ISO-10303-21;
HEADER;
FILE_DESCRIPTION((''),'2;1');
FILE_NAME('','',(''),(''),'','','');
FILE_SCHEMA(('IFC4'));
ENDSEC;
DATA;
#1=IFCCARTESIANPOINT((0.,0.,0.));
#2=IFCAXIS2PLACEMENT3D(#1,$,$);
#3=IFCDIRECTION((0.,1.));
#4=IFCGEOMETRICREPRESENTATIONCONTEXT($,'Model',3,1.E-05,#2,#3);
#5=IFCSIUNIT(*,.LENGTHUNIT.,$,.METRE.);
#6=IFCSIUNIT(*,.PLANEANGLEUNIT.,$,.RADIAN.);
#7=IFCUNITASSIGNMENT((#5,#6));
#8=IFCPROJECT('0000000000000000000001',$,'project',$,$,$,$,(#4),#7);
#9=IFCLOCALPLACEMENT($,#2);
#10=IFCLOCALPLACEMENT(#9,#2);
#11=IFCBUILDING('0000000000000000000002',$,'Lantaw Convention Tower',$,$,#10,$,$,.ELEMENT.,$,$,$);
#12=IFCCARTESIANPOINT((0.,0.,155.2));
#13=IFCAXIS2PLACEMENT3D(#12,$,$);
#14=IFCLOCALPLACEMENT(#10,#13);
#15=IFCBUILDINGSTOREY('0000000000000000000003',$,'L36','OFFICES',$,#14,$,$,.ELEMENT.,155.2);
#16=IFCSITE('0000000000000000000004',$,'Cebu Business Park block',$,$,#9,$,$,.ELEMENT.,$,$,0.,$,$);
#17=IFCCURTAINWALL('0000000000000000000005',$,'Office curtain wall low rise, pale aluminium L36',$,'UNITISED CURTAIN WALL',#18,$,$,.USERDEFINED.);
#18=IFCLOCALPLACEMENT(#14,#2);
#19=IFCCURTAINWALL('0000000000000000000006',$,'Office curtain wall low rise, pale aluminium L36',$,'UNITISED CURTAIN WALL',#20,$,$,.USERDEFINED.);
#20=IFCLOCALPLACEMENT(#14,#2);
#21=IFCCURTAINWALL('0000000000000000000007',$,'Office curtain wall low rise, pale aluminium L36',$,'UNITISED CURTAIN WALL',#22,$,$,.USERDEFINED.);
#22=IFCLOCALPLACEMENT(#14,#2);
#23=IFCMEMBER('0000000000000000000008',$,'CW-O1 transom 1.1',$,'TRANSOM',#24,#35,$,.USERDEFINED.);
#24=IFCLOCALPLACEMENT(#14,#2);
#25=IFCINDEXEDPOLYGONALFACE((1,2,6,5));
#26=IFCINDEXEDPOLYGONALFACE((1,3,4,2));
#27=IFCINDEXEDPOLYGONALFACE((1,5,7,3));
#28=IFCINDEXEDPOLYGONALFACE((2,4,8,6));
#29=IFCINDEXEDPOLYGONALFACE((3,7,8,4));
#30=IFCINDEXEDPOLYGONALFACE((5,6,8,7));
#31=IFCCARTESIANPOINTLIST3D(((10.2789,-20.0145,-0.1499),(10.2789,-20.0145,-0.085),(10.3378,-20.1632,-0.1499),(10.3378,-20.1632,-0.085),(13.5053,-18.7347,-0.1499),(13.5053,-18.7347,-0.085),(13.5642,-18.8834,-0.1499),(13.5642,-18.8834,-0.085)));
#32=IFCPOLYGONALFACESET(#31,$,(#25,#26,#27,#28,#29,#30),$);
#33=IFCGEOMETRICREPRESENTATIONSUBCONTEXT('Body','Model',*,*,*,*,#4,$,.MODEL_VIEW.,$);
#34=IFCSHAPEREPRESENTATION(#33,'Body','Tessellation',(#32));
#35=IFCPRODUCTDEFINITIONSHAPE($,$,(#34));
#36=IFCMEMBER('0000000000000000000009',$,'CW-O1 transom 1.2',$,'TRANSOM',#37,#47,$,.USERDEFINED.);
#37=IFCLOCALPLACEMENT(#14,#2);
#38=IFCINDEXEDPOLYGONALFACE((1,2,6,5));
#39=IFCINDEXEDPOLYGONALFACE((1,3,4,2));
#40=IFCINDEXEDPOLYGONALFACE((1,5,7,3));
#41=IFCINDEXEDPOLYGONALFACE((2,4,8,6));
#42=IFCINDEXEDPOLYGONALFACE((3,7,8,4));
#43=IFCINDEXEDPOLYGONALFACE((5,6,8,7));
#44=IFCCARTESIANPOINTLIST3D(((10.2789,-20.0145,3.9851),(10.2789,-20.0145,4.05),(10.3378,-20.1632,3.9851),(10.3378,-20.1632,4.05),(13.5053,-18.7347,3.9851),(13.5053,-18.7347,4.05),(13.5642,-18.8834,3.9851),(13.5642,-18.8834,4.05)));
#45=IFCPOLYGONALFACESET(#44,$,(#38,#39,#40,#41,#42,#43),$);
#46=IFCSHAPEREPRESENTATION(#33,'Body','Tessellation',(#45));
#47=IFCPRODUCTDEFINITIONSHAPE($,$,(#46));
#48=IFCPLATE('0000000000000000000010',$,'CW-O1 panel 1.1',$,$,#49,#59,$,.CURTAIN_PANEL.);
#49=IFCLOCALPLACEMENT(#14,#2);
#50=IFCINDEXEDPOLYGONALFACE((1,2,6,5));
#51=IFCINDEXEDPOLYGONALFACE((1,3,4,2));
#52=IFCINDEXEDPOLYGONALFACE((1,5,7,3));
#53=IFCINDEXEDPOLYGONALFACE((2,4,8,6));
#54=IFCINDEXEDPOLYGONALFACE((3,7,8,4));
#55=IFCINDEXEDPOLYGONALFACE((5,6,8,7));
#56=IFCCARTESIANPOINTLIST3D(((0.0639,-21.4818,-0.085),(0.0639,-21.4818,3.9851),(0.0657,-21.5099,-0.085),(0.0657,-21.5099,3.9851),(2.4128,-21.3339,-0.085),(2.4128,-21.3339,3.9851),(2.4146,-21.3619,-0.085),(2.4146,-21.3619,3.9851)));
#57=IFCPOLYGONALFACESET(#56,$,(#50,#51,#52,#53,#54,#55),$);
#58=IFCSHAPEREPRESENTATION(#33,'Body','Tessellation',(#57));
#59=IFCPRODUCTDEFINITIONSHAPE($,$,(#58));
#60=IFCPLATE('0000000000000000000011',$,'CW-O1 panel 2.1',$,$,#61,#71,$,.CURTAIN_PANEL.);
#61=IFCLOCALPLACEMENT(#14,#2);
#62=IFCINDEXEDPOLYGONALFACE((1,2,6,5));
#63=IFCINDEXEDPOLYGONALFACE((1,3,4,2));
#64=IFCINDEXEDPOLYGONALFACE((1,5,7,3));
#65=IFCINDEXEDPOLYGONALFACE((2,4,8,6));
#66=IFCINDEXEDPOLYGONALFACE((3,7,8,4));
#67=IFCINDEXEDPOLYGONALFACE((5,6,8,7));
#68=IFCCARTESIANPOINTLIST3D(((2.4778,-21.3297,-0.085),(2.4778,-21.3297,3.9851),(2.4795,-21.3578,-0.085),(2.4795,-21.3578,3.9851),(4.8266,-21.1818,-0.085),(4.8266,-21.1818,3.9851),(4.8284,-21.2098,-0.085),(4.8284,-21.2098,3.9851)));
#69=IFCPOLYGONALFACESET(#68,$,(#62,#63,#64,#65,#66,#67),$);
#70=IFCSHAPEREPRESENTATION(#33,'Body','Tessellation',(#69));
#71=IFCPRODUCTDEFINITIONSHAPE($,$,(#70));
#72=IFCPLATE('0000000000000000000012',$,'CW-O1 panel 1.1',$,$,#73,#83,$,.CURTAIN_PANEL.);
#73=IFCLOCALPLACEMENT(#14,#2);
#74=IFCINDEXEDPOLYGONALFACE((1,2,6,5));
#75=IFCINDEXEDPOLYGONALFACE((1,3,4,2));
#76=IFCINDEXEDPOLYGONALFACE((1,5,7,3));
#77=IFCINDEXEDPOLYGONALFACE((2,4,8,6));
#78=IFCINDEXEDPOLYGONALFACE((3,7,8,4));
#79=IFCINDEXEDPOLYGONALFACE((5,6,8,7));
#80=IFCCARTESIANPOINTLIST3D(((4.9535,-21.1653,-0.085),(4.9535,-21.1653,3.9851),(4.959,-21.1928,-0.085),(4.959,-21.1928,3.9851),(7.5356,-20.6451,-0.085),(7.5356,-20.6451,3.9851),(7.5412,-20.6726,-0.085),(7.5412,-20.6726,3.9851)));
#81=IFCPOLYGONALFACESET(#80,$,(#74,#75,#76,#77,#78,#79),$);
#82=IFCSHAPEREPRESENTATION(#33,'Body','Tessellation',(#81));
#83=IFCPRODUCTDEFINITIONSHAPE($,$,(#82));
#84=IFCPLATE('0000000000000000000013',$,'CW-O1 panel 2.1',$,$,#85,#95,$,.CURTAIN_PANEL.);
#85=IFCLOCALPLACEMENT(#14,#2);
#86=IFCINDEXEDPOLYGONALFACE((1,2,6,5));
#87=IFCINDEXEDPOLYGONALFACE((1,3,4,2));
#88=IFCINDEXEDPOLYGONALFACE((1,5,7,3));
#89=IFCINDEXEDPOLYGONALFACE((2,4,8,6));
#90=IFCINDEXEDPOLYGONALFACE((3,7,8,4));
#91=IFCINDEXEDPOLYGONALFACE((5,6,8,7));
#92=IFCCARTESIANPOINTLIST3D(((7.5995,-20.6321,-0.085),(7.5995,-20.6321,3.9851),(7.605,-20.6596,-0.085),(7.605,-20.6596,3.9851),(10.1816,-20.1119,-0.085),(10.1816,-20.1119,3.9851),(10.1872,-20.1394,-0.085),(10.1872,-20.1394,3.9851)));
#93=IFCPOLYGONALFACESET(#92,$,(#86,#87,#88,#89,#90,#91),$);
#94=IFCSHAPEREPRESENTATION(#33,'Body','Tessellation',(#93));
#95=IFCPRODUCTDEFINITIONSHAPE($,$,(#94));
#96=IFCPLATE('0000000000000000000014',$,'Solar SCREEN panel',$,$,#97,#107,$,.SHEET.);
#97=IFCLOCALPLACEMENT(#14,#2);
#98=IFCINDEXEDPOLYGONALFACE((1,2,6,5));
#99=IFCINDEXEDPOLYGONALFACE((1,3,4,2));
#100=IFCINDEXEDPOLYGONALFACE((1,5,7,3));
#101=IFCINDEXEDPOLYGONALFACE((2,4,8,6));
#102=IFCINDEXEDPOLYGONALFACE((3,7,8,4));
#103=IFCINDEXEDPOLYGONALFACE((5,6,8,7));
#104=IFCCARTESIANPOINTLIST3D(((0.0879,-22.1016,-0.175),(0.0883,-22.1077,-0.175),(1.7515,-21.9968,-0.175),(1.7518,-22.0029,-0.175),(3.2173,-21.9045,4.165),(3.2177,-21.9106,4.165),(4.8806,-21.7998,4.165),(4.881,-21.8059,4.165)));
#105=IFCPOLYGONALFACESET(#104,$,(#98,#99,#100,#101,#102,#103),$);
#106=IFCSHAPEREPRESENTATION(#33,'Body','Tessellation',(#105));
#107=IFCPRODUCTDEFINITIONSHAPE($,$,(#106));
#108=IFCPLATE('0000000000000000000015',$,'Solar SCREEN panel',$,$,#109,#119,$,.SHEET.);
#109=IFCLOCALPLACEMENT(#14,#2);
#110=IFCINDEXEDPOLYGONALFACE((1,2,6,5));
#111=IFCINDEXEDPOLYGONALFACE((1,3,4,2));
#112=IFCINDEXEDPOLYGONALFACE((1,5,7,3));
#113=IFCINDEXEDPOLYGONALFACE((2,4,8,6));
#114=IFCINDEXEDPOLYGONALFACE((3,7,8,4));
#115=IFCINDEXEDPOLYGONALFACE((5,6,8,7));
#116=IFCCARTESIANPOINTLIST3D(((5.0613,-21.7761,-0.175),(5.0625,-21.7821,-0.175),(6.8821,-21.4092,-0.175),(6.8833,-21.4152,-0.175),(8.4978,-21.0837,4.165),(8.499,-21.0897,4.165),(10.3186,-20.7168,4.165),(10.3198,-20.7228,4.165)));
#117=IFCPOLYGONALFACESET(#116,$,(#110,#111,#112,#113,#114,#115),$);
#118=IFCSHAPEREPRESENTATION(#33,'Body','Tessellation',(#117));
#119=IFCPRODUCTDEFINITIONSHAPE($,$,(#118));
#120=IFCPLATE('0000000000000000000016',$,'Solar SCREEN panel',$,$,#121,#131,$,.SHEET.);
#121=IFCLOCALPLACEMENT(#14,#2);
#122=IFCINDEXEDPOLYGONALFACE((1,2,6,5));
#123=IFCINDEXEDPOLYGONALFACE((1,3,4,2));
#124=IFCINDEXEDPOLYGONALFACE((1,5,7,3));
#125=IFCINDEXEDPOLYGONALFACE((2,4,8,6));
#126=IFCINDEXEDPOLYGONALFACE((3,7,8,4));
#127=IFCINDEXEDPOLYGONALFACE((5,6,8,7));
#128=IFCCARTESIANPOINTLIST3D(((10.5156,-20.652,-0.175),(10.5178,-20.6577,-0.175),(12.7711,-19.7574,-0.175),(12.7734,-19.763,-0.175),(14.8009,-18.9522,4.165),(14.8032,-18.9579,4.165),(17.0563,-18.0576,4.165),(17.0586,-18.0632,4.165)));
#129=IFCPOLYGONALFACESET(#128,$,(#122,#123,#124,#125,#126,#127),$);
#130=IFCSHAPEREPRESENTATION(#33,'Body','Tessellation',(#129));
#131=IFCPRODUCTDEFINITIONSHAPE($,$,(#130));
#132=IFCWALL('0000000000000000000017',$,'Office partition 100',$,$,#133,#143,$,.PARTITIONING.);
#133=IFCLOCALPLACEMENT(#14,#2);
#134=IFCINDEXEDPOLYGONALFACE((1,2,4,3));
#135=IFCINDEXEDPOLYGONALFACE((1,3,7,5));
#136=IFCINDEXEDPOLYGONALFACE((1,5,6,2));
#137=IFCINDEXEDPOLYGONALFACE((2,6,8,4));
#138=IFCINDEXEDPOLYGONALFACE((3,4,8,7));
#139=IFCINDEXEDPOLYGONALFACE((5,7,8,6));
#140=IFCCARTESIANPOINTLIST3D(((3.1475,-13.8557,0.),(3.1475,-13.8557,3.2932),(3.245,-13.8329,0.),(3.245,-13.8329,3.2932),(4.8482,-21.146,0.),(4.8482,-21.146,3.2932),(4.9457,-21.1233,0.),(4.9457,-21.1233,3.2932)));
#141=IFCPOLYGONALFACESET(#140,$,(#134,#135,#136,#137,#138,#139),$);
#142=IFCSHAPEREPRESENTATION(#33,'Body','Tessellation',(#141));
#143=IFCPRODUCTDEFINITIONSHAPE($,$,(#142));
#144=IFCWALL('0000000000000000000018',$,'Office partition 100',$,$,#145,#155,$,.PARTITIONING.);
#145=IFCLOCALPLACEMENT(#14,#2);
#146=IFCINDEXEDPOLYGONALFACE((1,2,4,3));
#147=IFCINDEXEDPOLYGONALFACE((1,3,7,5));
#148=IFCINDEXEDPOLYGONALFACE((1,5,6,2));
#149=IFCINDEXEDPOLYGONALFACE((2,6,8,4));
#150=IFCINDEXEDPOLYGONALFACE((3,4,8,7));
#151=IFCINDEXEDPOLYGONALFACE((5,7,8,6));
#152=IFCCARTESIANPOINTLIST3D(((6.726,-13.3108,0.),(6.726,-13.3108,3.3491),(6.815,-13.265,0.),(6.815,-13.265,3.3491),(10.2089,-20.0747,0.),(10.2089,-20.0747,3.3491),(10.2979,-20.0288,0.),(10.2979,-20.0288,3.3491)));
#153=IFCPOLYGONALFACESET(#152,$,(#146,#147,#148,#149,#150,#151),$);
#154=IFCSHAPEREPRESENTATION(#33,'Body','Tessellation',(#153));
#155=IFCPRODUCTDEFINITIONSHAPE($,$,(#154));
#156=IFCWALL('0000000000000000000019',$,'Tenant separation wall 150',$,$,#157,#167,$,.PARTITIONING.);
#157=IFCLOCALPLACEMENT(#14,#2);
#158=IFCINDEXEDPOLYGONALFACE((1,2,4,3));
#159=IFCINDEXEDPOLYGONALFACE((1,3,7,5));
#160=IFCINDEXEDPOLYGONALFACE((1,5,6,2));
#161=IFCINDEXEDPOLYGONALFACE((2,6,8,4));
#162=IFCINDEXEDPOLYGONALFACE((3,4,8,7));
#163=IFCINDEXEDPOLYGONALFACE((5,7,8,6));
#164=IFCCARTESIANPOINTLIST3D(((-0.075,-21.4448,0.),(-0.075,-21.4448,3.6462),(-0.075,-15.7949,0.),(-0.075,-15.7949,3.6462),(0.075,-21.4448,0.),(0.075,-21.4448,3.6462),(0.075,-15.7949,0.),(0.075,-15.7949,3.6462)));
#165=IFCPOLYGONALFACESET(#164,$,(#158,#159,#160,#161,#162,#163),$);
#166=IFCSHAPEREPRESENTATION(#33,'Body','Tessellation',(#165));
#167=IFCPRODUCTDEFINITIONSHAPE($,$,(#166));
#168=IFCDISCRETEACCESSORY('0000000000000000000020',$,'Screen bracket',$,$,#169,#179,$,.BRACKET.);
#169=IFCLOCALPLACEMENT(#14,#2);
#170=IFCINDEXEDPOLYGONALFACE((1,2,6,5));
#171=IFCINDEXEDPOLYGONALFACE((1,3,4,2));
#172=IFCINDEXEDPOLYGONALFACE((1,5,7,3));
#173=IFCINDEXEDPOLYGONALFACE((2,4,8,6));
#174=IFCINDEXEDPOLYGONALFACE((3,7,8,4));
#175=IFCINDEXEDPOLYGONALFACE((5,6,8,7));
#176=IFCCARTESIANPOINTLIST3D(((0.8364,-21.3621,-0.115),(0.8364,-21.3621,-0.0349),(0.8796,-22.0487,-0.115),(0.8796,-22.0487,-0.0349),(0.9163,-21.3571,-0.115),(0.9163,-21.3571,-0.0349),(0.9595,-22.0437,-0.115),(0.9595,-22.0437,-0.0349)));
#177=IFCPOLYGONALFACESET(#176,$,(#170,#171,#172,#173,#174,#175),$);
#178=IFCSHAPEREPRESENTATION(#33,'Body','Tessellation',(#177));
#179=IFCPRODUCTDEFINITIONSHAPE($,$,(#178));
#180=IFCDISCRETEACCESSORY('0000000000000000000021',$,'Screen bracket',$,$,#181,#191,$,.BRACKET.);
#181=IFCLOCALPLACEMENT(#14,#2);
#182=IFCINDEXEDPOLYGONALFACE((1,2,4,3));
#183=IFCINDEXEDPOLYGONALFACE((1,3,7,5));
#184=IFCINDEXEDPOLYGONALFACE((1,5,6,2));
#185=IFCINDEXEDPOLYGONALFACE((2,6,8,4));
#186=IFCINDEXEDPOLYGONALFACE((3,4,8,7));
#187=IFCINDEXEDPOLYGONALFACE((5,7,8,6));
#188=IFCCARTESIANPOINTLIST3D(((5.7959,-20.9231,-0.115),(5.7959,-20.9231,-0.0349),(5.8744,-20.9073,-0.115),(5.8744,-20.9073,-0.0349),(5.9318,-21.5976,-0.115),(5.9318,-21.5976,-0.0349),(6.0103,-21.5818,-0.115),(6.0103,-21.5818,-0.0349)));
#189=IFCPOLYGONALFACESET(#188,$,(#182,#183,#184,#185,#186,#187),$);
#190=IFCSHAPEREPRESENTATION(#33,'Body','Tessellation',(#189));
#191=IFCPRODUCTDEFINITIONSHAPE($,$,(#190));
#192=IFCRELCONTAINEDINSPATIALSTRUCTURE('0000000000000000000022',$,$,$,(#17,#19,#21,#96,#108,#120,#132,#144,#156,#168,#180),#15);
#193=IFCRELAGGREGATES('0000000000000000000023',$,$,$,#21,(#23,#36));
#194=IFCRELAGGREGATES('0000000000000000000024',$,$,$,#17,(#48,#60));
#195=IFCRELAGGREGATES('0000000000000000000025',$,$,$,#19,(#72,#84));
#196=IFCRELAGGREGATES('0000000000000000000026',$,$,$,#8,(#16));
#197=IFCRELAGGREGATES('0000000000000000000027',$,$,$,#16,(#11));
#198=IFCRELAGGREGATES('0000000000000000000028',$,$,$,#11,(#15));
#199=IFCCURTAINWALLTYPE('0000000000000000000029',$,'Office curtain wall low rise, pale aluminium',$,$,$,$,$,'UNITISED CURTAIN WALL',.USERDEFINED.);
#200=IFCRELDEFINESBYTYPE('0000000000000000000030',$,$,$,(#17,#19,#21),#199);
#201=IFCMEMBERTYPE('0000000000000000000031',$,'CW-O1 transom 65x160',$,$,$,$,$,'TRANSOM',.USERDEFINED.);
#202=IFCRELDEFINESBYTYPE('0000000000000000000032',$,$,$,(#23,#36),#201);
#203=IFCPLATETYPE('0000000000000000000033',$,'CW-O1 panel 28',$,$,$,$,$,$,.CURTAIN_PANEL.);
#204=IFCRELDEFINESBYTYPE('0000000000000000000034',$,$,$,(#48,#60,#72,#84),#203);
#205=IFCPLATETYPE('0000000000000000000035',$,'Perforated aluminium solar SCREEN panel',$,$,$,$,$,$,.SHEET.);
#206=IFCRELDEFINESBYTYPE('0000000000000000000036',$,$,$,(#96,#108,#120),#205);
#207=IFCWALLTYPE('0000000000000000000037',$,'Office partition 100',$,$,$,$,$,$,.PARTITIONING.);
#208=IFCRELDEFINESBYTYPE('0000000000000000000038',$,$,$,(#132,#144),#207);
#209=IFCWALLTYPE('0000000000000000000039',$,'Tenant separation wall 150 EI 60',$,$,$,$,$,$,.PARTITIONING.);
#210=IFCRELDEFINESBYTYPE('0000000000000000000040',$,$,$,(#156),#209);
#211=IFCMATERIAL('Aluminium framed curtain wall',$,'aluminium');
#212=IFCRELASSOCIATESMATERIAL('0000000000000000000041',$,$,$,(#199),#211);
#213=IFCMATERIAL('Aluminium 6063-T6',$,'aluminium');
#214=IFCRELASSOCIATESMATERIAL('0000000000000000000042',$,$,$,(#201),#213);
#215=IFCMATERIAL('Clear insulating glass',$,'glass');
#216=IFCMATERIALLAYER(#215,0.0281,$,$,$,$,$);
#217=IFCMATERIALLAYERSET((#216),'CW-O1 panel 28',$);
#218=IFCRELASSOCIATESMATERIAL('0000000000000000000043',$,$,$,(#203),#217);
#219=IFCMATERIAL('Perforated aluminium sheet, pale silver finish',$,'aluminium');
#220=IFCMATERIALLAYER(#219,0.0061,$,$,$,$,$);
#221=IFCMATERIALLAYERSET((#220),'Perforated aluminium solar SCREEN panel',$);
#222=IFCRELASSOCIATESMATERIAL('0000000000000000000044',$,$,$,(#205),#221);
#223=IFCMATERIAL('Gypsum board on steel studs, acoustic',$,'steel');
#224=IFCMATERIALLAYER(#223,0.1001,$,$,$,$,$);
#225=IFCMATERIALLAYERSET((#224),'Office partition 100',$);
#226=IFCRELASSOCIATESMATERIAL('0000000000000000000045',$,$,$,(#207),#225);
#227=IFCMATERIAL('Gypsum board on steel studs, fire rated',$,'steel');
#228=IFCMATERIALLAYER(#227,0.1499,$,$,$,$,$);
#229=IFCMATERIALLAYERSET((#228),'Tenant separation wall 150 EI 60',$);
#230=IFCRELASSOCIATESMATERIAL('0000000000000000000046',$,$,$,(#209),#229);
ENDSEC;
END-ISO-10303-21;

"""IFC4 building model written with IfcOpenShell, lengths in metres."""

from ifc_helpers import new_model, si_unit, direction, frame, frame_2d, origin, origin_2d, place, context, subcontext, project, spatial, polyline, rectangle, outline, extrude, material, layer, layer_set, material_profile, profile_set, type_object, element, aggregate, save


model = new_model("IFC4")

# Units and contexts
model_context = context("Model", 3, precision=1e-05, world=origin(), true_north=direction((0.0, 1.0)))
body_context = subcontext(model_context, "Body", "Model", "MODEL_VIEW")
ifc_project = project(units=[si_unit("LENGTHUNIT", "METRE"), si_unit("PLANEANGLEUNIT", "RADIAN")], contexts=[model_context])

# Site, building, storey
site_placement = place(None, origin())
site = spatial("IfcSite", under=ifc_project, at=site_placement, Name="Cebu Business Park block", CompositionType="ELEMENT", RefElevation=0.0)
building_placement = place(site_placement, origin())
building = spatial("IfcBuilding", under=site, at=building_placement, Name="Lantaw Convention Tower", CompositionType="ELEMENT")
storey_placement = place(building_placement, frame((0.0, 0.0, 155.2)))
storey = spatial("IfcBuildingStorey", under=building, at=storey_placement, Name="L36", Description="OFFICES", CompositionType="ELEMENT", Elevation=155.2)

# Curtain walls
ifc_material_1 = material(Name="Aluminium framed curtain wall", Category="aluminium")
curtain_wall_type = type_object("IfcCurtainWallType", Name="Office curtain wall low rise, pale aluminium", ElementType="UNITISED CURTAIN WALL", PredefinedType="USERDEFINED", material=ifc_material_1)
curtain_wall_1_placement = place(storey_placement, origin())
curtain_wall_1 = element("IfcCurtainWall", 1, at=curtain_wall_1_placement, inside=storey, type_object=curtain_wall_type, Name="Office curtain wall low rise, pale aluminium L36", ObjectType="UNITISED CURTAIN WALL", PredefinedType="USERDEFINED")
ifc_material_2 = material(Name="Aluminium 6063-T6", Category="aluminium")
curtain_wall_2_placement = place(storey_placement, origin())
curtain_wall_2 = element("IfcCurtainWall", 2, at=curtain_wall_2_placement, inside=storey, type_object=curtain_wall_type, Name="Office curtain wall low rise, pale aluminium L36", ObjectType="UNITISED CURTAIN WALL", PredefinedType="USERDEFINED")

# Curtain wall
curtain_wall_3_placement = place(storey_placement, origin())
curtain_wall_3 = element("IfcCurtainWall", 3, at=curtain_wall_3_placement, inside=storey, type_object=curtain_wall_type, Name="Office curtain wall low rise, pale aluminium L36", ObjectType="UNITISED CURTAIN WALL", PredefinedType="USERDEFINED")

# Members
ifc_material_profile_1 = material_profile(ifc_material_2, rectangle(XDim=0.1599, YDim=0.0649, at=origin_2d()), Name="CW-O1 transom 65x160")
ifc_profile_set_1 = profile_set([ifc_material_profile_1], Name="Aluminium 6063-T6")
member_type_1 = type_object("IfcMemberType", Name="CW-O1 transom 65x160", ElementType="TRANSOM", PredefinedType="USERDEFINED", material=ifc_profile_set_1)
member_1_placement = place(storey_placement, frame((10.3083, -20.0889, -0.1174), z_axis=(0.92954, 0.368721, 0.0), x_axis=(-0.368721, 0.92954, 0.0)))
member_1 = element("IfcMember", 4, at=member_1_placement, type_object=member_type_1, Name="CW-O1 transom 1.1", ObjectType="TRANSOM", PredefinedType="USERDEFINED", context=body_context, shape_type="SweptSolid", body=[
    extrude(rectangle(XDim=0.1599, YDim=0.0649, at=origin_2d()), origin(), (0.0, 0.0, 1.0), 3.4709),
])
member_2_placement = place(storey_placement, frame((10.3083, -20.0889, 4.0176), z_axis=(0.92954, 0.368721, 0.0), x_axis=(-0.368721, 0.92954, 0.0)))
member_2 = element("IfcMember", 5, at=member_2_placement, type_object=member_type_1, Name="CW-O1 transom 1.2", ObjectType="TRANSOM", PredefinedType="USERDEFINED", context=body_context, shape_type="SweptSolid", body=[
    extrude(rectangle(XDim=0.1599, YDim=0.0649, at=origin_2d()), origin(), (0.0, 0.0, 1.0), 3.4709),
])
aggregate(curtain_wall_3, [member_1, member_2])

# Plates
ifc_material_3 = material(Name="Clear insulating glass", Category="glass")
ifc_layer_1 = layer(ifc_material_3, 0.0281)
ifc_layer_set_1 = layer_set([ifc_layer_1], Name="CW-O1 panel 28")
plate_type_1 = type_object("IfcPlateType", Name="CW-O1 panel 28", PredefinedType="CURTAIN_PANEL", material=ifc_layer_set_1)
plate_1_placement = place(storey_placement, frame((1.2393, -21.4219, -0.085), z_axis=(0.0, 0.0, 1.0), x_axis=(0.998022, 0.062865, 0.0)))
plate_1 = element("IfcPlate", 6, at=plate_1_placement, type_object=plate_type_1, Name="CW-O1 panel 1.1", PredefinedType="CURTAIN_PANEL", context=body_context, shape_type="SweptSolid", body=[
    extrude(rectangle(XDim=2.3535, YDim=0.0281, at=origin_2d()), origin(), (0.0, 0.0, 1.0), 4.0701),
])
plate_2_placement = place(storey_placement, frame((3.6531, -21.2698, -0.085), z_axis=(0.0, 0.0, 1.0), x_axis=(0.998022, 0.062865, 0.0)))
plate_2 = element("IfcPlate", 7, at=plate_2_placement, type_object=plate_type_1, Name="CW-O1 panel 2.1", PredefinedType="CURTAIN_PANEL", context=body_context, shape_type="SweptSolid", body=[
    extrude(rectangle(XDim=2.3535, YDim=0.0281, at=origin_2d()), origin(), (0.0, 0.0, 1.0), 4.0701),
])
aggregate(curtain_wall_1, [plate_1, plate_2])
plate_3_placement = place(storey_placement, frame((6.2473, -20.9189, -0.085), z_axis=(0.0, 0.0, 1.0), x_axis=(0.980302, 0.197507, 0.0)))
plate_3 = element("IfcPlate", 8, at=plate_3_placement, type_object=plate_type_1, Name="CW-O1 panel 1.1", PredefinedType="CURTAIN_PANEL", context=body_context, shape_type="SweptSolid", body=[
    extrude(rectangle(XDim=2.634, YDim=0.0281, at=origin_2d()), origin(), (0.0, 0.0, 1.0), 4.0701),
])
plate_4_placement = place(storey_placement, frame((8.8933, -20.3857, -0.085), z_axis=(0.0, 0.0, 1.0), x_axis=(0.980302, 0.197507, 0.0)))
plate_4 = element("IfcPlate", 9, at=plate_4_placement, type_object=plate_type_1, Name="CW-O1 panel 2.1", PredefinedType="CURTAIN_PANEL", context=body_context, shape_type="SweptSolid", body=[
    extrude(rectangle(XDim=2.634, YDim=0.0281, at=origin_2d()), origin(), (0.0, 0.0, 1.0), 4.0701),
])
aggregate(curtain_wall_2, [plate_3, plate_4])

# Plates
ifc_material_4 = material(Name="Perforated aluminium sheet, pale silver finish", Category="aluminium")
ifc_layer_2 = layer(ifc_material_4, 0.0061)
ifc_layer_set_2 = layer_set([ifc_layer_2], Name="Perforated aluminium solar SCREEN panel")
plate_type_2 = type_object("IfcPlateType", Name="Perforated aluminium solar SCREEN panel", PredefinedType="SHEET", material=ifc_layer_set_2)
plate_5_placement = place(storey_placement, frame((0.0879, -22.1016, -0.175), z_axis=(-0.062839, 0.998024, 0.000002), x_axis=(0.998024, 0.062839, 0.0)))
element("IfcPlate", 10, at=plate_5_placement, inside=storey, type_object=plate_type_2, Name="Solar SCREEN panel", PredefinedType="SHEET", context=body_context, shape_type="SweptSolid", body=[
    extrude(outline(polyline([(0.0, 0.0), (1.6669, 0.0), (4.8022, -4.3401), (3.1356, -4.3401), (0.0, 0.0)])), origin(), (0.0, 0.0, -1.0), 0.0061),
])
plate_6_placement = place(storey_placement, frame((5.0613, -21.7761, -0.175), z_axis=(-0.197557, 0.980291, 0.000039), x_axis=(0.980291, 0.197557, 0.0)))
element("IfcPlate", 11, at=plate_6_placement, inside=storey, type_object=plate_type_2, Name="Solar SCREEN panel", PredefinedType="SHEET", context=body_context, shape_type="SweptSolid", body=[
    extrude(outline(polyline([(0.0, 0.0), (1.8574, 0.0), (5.363, -4.3401), (3.5056, -4.3401), (0.0, 0.0)])), origin(), (0.0, 0.0, -1.0), 0.0061),
])
plate_7_placement = place(storey_placement, frame((10.5178, -20.6577, -0.175), z_axis=(0.368709, -0.929545, 0.000011), x_axis=(0.929545, 0.368709, 0.0)))
element("IfcPlate", 12, at=plate_7_placement, inside=storey, type_object=plate_type_2, Name="Solar SCREEN panel", PredefinedType="SHEET", context=body_context, shape_type="SweptSolid", body=[
    extrude(outline(polyline([(0.0, 0.0), (2.4265, 0.0), (7.0365, 4.3401), (4.6102, 4.3401), (0.0, 0.0)])), origin(), (0.0, 0.0, -1.0), 0.0061),
])

# Walls
ifc_material_5 = material(Name="Gypsum board on steel studs, acoustic", Category="steel")
ifc_layer_3 = layer(ifc_material_5, 0.1001)
ifc_layer_set_3 = layer_set([ifc_layer_3], Name="Office partition 100")
wall_type_1 = type_object("IfcWallType", Name="Office partition 100", PredefinedType="PARTITIONING", material=ifc_layer_set_3)
wall_1_placement = place(storey_placement, frame((4.897, -21.1348, 0.0), z_axis=(0.0, 0.0, 1.0), x_axis=(-0.227181, 0.973853, 0.0)))
element("IfcWall", 13, at=wall_1_placement, inside=storey, type_object=wall_type_1, Name="Office partition 100", PredefinedType="PARTITIONING", context=body_context, shape_type="SweptSolid", body=[
    extrude(rectangle(XDim=7.4861, YDim=0.1001, at=frame_2d((3.7432, 0.0))), origin(), (0.0, 0.0, 1.0), 3.2932),
])
wall_2_placement = place(storey_placement, frame((10.2534, -20.0518, 0.0), z_axis=(0.0, 0.0, 1.0), x_axis=(-0.457798, 0.889056, 0.0)))
element("IfcWall", 14, at=wall_2_placement, inside=storey, type_object=wall_type_1, Name="Office partition 100", PredefinedType="PARTITIONING", context=body_context, shape_type="SweptSolid", body=[
    extrude(rectangle(XDim=7.6079, YDim=0.1001, at=frame_2d((3.804, 0.0))), origin(), (0.0, 0.0, 1.0), 3.3491),
])
ifc_material_6 = material(Name="Gypsum board on steel studs, fire rated", Category="steel")
ifc_layer_4 = layer(ifc_material_6, 0.1499)
ifc_layer_set_4 = layer_set([ifc_layer_4], Name="Tenant separation wall 150 EI 60")
wall_type_2 = type_object("IfcWallType", Name="Tenant separation wall 150 EI 60", PredefinedType="PARTITIONING", material=ifc_layer_set_4)
wall_3_placement = place(storey_placement, frame((0.0, -21.4448, 0.0), z_axis=(0.0, 0.0, 1.0), x_axis=(0.0, 1.0, 0.0)))
element("IfcWall", 15, at=wall_3_placement, inside=storey, type_object=wall_type_2, Name="Tenant separation wall 150", PredefinedType="PARTITIONING", context=body_context, shape_type="SweptSolid", body=[
    extrude(rectangle(XDim=5.6499, YDim=0.1499, at=frame_2d((2.825, 0.0))), origin(), (0.0, 0.0, 1.0), 3.6462),
])

# Discrete accessories
for number, where, z_axis, x_axis, name in (
    (16, (0.8979, -21.7029, -0.115), (0.0, 0.0, 1.0), (0.998022, 0.062865, 0.0), "Screen bracket"),
    (17, (5.9031, -21.2524, -0.115), (0.0, 0.0, 1.0), (0.980302, 0.197507, 0.0), "Screen bracket"),
):
    element("IfcDiscreteAccessory", number, at=place(storey_placement, frame(where, z_axis=z_axis, x_axis=x_axis)), inside=storey, Name=name, PredefinedType="BRACKET", context=body_context, shape_type="SweptSolid", body=[
        extrude(rectangle(XDim=0.0801, YDim=0.688, at=origin_2d()), origin(), (0.0, 0.0, 1.0), 0.0801),
    ])

save(model, "model.ifc")
